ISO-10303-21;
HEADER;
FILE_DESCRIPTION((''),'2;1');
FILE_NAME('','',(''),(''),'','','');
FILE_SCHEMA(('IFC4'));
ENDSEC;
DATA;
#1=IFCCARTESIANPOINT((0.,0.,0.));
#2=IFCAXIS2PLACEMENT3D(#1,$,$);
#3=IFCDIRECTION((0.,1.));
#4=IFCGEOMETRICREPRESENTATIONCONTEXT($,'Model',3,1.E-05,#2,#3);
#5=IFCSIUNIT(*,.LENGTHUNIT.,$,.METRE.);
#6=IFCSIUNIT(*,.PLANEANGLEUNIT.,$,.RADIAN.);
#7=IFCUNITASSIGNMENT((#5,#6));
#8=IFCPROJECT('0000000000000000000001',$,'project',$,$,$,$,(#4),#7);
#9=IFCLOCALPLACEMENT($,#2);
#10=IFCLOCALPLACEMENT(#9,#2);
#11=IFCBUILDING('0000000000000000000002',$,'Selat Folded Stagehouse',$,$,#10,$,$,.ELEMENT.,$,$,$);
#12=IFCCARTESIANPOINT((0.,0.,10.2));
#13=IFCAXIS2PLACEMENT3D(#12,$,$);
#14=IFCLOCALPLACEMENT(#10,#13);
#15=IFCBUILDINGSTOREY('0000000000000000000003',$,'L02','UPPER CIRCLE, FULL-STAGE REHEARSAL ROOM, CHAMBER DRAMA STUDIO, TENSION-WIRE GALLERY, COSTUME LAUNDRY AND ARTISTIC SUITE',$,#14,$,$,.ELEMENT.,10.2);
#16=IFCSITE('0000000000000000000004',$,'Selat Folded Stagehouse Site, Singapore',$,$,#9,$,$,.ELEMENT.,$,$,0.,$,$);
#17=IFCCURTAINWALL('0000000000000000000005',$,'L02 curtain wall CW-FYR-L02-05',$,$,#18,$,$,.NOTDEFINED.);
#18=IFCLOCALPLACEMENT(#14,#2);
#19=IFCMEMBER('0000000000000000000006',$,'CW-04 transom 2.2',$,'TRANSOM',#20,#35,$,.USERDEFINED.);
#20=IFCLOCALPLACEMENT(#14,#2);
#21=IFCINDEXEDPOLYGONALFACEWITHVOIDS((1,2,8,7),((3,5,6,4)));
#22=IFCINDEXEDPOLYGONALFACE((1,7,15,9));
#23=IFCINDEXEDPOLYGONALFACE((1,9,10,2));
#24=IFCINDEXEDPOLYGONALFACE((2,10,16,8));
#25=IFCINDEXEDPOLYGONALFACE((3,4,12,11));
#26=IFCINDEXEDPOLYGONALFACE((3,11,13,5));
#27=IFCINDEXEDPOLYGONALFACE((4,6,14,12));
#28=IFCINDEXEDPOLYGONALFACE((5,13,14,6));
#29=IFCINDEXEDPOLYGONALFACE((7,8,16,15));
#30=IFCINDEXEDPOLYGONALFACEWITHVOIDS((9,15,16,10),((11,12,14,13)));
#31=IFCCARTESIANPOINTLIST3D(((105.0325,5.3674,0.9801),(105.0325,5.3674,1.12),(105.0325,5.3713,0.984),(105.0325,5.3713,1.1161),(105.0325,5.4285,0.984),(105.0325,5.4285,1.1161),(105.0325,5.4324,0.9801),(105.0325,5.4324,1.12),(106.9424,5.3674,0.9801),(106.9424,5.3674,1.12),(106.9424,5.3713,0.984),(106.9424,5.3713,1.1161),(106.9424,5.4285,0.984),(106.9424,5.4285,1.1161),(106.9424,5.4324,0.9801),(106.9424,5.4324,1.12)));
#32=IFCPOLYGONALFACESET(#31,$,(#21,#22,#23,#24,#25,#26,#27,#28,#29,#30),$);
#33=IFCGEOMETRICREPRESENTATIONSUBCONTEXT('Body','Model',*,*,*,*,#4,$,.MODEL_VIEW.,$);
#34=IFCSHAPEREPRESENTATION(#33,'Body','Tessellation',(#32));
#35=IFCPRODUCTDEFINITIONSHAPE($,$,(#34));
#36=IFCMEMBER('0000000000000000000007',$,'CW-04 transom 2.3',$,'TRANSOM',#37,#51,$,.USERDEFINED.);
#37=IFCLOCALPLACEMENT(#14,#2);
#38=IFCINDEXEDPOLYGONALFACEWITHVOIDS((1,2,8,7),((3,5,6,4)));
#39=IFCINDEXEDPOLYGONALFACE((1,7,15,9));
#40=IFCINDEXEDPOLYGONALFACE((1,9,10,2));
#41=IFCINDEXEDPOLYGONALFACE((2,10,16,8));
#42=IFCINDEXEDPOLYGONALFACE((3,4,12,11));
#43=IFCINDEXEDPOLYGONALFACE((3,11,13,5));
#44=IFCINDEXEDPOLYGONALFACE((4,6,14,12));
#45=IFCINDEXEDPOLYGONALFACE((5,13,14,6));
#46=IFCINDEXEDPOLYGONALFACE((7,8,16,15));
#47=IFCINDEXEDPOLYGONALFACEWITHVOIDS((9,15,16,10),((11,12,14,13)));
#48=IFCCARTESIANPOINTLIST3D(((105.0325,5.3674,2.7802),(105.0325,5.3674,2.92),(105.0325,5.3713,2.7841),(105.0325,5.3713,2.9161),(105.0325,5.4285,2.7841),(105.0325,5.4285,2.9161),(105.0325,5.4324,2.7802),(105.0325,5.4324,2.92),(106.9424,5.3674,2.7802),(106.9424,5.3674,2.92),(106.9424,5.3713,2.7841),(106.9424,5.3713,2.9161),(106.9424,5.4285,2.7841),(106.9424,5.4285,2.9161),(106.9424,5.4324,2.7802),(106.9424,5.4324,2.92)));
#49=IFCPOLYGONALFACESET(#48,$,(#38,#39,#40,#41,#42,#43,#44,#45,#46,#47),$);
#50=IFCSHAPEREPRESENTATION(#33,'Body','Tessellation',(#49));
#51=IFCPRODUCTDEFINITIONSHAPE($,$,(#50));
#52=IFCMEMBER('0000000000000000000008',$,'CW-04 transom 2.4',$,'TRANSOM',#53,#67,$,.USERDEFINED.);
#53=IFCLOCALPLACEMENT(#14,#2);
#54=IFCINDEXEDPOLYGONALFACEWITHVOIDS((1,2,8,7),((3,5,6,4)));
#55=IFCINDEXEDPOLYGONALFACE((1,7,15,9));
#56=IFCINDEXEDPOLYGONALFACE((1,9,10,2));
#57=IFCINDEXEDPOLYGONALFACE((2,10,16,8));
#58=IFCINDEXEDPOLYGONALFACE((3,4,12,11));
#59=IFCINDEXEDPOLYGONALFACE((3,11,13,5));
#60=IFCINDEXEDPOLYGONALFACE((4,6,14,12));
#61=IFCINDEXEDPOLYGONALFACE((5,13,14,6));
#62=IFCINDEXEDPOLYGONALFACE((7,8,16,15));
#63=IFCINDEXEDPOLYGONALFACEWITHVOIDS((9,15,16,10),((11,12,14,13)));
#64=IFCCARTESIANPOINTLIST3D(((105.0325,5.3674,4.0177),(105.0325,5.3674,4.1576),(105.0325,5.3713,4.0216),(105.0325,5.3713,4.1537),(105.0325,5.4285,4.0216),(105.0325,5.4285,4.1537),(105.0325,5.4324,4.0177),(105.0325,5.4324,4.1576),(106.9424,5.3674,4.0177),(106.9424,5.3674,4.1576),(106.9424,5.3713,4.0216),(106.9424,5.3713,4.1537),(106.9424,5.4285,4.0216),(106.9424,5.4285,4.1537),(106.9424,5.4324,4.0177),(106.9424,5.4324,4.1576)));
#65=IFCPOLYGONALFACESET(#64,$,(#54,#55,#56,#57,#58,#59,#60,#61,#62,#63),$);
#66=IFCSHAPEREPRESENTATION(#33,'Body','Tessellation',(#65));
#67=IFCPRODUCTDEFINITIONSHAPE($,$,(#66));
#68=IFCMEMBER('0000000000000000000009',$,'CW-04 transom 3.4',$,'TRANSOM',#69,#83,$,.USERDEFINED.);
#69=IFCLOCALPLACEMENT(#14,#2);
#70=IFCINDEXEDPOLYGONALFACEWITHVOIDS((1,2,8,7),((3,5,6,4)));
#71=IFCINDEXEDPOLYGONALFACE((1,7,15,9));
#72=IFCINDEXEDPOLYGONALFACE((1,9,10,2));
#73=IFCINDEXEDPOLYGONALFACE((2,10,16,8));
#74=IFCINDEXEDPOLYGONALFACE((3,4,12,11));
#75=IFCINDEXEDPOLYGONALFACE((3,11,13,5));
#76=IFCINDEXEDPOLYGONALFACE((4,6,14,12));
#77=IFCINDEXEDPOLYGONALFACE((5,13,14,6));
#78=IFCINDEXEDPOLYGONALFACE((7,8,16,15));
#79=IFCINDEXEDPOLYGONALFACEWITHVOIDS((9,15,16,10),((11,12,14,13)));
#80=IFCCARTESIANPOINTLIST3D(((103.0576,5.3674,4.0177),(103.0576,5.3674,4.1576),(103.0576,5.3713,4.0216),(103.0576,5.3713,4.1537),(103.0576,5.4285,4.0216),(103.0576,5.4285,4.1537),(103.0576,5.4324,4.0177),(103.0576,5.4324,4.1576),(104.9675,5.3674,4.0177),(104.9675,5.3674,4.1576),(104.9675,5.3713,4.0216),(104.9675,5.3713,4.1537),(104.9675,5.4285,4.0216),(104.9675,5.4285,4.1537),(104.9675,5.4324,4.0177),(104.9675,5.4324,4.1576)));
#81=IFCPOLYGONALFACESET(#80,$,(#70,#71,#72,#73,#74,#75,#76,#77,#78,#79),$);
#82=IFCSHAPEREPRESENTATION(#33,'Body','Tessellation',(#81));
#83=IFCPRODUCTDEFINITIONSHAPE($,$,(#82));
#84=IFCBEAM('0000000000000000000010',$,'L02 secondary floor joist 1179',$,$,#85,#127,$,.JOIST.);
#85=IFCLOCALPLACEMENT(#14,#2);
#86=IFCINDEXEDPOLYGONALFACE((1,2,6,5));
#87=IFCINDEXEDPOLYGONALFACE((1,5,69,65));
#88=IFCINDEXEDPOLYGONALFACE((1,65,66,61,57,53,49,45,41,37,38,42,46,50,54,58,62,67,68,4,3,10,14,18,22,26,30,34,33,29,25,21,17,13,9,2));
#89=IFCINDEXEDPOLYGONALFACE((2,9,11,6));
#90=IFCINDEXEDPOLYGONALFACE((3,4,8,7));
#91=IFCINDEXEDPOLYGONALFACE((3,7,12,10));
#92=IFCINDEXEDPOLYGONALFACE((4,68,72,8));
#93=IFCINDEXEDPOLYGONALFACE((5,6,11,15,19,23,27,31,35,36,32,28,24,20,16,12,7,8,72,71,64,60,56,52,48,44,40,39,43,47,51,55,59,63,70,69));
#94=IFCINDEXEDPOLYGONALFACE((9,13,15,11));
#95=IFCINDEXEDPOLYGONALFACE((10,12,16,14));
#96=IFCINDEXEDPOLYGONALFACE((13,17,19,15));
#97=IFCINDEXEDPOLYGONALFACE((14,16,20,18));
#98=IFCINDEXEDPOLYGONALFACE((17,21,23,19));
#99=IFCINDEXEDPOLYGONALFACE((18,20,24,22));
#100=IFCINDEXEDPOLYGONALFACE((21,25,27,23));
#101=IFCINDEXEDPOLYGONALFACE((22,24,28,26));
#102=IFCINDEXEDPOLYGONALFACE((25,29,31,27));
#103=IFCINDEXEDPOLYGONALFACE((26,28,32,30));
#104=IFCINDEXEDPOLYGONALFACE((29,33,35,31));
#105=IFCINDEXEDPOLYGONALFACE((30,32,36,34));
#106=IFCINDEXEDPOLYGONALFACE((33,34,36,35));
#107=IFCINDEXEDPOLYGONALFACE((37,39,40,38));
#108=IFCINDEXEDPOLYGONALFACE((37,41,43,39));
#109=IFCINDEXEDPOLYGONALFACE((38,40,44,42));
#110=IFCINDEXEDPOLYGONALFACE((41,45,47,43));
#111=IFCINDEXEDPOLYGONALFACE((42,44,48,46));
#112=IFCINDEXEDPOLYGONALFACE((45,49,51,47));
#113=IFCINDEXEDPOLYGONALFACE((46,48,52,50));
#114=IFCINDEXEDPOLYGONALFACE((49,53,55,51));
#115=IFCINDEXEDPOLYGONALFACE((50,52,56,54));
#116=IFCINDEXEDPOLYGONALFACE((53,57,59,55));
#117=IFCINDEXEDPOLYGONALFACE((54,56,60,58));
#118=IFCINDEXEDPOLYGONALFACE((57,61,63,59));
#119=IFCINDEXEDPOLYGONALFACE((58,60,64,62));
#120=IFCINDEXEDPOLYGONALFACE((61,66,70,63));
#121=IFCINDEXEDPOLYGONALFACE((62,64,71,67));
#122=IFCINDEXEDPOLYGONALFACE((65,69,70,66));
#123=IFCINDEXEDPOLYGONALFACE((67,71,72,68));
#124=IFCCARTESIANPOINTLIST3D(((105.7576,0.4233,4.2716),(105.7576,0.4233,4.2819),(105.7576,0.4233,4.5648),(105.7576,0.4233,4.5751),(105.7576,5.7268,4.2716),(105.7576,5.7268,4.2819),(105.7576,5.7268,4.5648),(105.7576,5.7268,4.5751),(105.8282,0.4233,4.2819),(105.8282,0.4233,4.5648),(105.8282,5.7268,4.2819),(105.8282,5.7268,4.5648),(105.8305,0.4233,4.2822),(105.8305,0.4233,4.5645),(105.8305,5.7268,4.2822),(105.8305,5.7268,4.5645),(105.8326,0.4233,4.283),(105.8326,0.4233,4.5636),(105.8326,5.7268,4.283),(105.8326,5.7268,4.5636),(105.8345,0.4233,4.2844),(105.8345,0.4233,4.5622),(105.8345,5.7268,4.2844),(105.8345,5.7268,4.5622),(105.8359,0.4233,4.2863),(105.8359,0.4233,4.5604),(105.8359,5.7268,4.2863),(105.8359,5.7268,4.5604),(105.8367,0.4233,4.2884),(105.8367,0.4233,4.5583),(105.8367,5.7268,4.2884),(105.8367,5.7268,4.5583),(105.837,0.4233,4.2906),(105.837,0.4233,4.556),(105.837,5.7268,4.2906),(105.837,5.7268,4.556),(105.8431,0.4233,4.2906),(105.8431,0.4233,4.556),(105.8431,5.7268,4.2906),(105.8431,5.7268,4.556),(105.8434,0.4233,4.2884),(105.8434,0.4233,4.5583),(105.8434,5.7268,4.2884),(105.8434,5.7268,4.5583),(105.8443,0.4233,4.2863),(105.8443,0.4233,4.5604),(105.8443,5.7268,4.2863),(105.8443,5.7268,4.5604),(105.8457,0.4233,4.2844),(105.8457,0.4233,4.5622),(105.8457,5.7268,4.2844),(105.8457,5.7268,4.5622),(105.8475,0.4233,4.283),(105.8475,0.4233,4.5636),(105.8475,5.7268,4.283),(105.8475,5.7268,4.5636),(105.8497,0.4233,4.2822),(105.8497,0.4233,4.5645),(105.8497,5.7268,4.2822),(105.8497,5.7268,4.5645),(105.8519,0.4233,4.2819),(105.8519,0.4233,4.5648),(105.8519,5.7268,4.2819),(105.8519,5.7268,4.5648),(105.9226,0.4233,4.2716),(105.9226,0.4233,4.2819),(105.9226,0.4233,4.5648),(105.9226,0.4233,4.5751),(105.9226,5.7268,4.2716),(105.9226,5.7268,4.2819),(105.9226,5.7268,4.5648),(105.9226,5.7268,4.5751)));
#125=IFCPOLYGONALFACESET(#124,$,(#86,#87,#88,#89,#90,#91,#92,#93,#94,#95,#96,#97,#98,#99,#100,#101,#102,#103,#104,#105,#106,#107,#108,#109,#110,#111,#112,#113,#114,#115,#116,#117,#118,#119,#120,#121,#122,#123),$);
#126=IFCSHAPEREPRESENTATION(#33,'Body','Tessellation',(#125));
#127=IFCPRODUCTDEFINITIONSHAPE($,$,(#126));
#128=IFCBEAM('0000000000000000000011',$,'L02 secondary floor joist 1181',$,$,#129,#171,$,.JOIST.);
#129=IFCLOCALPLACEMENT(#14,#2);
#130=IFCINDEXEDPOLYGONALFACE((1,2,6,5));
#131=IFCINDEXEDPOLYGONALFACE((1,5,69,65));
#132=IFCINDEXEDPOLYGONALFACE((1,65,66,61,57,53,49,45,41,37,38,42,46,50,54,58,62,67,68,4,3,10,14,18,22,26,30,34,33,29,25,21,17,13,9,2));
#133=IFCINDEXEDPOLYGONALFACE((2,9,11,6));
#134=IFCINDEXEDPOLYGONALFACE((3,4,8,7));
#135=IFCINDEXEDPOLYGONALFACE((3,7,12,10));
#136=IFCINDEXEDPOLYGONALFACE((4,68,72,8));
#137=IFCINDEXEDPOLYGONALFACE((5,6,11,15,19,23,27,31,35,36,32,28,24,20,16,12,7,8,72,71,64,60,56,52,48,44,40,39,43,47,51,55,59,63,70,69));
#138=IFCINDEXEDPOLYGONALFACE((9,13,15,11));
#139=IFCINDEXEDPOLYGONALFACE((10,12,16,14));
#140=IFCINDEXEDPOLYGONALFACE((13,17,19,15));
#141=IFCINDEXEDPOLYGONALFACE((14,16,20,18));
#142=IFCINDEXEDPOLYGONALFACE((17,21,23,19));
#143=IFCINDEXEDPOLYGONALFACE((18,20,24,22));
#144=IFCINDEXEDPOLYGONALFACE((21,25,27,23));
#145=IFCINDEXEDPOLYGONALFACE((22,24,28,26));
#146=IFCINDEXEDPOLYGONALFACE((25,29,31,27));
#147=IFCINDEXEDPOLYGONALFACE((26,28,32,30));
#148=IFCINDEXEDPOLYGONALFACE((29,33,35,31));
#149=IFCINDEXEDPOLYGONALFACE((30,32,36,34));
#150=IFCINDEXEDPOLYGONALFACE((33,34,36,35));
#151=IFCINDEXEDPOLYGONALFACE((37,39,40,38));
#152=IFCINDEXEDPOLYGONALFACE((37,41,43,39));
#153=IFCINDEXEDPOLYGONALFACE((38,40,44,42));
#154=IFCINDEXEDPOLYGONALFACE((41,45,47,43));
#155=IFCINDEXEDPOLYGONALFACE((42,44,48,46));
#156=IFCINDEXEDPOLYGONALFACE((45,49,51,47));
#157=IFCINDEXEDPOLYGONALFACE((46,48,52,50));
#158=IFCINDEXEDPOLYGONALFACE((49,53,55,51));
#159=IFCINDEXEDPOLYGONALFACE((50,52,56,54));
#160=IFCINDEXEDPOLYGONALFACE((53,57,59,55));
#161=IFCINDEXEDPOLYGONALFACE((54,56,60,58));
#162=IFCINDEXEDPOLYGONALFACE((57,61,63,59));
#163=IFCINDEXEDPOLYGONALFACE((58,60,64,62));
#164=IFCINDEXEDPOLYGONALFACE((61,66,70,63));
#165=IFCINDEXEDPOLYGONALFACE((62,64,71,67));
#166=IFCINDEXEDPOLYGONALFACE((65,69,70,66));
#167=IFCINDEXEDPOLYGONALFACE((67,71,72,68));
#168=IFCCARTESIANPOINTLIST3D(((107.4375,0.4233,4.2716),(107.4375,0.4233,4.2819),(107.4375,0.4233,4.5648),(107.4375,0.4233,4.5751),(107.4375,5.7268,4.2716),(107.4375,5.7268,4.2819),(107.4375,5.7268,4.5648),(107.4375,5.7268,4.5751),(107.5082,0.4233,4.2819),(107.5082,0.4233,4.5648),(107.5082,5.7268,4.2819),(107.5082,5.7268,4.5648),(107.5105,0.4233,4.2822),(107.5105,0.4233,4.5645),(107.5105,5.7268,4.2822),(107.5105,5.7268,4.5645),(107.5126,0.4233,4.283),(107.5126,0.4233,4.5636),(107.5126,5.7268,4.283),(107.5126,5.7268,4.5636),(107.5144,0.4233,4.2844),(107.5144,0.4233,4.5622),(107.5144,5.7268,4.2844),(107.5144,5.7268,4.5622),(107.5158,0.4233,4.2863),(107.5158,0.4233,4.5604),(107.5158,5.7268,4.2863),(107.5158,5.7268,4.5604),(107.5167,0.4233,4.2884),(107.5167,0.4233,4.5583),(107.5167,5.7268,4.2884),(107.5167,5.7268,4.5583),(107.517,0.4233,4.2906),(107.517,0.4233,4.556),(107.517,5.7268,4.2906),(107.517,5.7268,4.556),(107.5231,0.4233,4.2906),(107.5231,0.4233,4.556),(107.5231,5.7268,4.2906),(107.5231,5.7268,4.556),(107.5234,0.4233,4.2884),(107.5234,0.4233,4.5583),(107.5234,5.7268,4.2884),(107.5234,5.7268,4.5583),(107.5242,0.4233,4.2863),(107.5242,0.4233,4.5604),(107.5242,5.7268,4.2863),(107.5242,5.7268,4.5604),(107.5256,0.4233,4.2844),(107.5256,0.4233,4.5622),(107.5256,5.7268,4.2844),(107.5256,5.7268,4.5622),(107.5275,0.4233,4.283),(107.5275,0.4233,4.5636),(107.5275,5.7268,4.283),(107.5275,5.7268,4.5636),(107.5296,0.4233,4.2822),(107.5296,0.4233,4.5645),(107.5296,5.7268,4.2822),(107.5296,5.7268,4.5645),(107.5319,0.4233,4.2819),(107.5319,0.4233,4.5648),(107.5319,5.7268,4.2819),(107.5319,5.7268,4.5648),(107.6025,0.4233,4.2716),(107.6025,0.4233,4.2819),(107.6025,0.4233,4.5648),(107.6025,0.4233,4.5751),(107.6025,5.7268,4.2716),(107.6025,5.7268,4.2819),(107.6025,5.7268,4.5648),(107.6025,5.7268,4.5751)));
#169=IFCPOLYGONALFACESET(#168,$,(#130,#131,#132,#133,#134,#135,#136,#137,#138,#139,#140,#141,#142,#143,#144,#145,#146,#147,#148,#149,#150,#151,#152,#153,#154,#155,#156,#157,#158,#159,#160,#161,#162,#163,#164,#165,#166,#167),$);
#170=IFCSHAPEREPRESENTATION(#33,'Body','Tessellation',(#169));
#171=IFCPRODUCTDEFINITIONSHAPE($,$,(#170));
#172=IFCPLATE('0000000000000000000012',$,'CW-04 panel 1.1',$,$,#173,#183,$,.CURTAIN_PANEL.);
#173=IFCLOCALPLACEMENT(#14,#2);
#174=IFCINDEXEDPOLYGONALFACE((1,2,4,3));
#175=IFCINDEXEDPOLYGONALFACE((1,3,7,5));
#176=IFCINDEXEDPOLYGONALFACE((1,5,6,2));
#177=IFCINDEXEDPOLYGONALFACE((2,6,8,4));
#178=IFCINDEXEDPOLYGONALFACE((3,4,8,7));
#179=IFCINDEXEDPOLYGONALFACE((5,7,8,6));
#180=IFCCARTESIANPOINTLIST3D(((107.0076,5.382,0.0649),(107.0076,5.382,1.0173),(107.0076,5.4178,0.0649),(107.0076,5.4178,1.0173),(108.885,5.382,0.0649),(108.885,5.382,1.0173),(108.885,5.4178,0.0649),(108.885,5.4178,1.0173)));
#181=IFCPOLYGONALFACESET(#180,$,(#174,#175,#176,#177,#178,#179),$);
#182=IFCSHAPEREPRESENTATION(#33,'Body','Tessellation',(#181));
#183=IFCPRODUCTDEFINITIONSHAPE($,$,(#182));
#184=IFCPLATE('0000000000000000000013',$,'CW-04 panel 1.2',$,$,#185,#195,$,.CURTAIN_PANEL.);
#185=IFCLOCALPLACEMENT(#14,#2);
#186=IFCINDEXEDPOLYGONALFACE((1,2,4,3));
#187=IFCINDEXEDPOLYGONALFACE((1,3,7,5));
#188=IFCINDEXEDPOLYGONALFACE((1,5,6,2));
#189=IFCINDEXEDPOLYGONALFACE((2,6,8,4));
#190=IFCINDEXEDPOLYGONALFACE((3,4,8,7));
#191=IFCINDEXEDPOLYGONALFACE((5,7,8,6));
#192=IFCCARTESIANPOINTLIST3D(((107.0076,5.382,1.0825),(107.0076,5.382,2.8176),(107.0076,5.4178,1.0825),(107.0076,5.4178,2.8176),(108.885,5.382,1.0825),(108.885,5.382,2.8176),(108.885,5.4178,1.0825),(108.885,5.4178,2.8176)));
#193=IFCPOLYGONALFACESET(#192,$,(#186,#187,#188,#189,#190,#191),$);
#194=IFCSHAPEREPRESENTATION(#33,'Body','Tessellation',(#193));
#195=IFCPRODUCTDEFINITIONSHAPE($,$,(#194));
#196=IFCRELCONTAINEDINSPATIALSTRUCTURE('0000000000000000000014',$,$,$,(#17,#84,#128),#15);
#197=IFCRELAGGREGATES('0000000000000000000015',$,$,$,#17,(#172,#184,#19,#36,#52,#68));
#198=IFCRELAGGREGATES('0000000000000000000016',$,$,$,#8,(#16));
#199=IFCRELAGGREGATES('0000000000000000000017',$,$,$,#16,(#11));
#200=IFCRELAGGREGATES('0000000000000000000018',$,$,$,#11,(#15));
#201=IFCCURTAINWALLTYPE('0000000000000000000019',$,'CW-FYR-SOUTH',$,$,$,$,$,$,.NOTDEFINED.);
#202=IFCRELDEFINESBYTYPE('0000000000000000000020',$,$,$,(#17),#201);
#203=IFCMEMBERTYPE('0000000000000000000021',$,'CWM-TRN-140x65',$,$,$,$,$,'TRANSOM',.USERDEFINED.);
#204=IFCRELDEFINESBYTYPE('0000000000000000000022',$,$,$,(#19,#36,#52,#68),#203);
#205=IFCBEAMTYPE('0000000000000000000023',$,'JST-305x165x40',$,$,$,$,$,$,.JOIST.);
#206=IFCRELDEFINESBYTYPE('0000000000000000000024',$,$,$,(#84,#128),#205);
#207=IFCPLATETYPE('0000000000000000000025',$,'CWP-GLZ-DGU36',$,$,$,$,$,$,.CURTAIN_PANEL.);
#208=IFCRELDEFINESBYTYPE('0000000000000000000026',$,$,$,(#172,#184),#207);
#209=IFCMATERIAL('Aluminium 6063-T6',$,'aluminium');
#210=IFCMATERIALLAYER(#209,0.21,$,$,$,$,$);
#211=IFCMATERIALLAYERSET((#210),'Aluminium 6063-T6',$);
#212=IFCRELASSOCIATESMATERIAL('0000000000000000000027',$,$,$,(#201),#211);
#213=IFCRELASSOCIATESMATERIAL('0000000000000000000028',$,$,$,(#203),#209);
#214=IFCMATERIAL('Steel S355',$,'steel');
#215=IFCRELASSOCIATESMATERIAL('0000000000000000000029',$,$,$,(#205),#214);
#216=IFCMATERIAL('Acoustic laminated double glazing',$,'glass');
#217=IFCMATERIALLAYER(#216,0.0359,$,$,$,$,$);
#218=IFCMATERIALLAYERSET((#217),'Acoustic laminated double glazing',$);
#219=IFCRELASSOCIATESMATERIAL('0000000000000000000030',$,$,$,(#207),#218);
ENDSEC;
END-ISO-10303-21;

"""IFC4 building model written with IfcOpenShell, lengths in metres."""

from ifc_helpers import new_model, si_unit, direction, frame, origin, origin_2d, place, context, subcontext, project, spatial, rectangle, hollow_rectangle, i_section, extrude, material, layer, layer_set, material_profile, profile_set, type_object, element, aggregate, save


model = new_model("IFC4")

# Units and contexts
model_context = context("Model", 3, precision=1e-05, world=origin(), true_north=direction((0.0, 1.0)))
body_context = subcontext(model_context, "Body", "Model", "MODEL_VIEW")
ifc_project = project(units=[si_unit("LENGTHUNIT", "METRE"), si_unit("PLANEANGLEUNIT", "RADIAN")], contexts=[model_context])

# Site, building, storey
site_placement = place(None, origin())
site = spatial("IfcSite", under=ifc_project, at=site_placement, Name="Selat Folded Stagehouse Site, Singapore", CompositionType="ELEMENT", RefElevation=0.0)
building_placement = place(site_placement, origin())
building = spatial("IfcBuilding", under=site, at=building_placement, Name="Selat Folded Stagehouse", CompositionType="ELEMENT")
storey_placement = place(building_placement, frame((0.0, 0.0, 10.2)))
storey = spatial("IfcBuildingStorey", under=building, at=storey_placement, Name="L02", Description="UPPER CIRCLE, FULL-STAGE REHEARSAL ROOM, CHAMBER DRAMA STUDIO, TENSION-WIRE GALLERY, COSTUME LAUNDRY AND ARTISTIC SUITE", CompositionType="ELEMENT", Elevation=10.2)

# Shared definitions
ifc_material_1 = material(Name="Steel S355", Category="steel")

# Curtain wall, members
ifc_material_2 = material(Name="Aluminium 6063-T6", Category="aluminium")
ifc_layer_1 = layer(ifc_material_2, 0.21)
ifc_layer_set_1 = layer_set([ifc_layer_1], Name="Aluminium 6063-T6")
curtain_wall_type = type_object("IfcCurtainWallType", Name="CW-FYR-SOUTH", PredefinedType="NOTDEFINED", material=ifc_layer_set_1)
curtain_wall_placement = place(storey_placement, origin())
curtain_wall = element("IfcCurtainWall", 1, at=curtain_wall_placement, inside=storey, type_object=curtain_wall_type, Name="L02 curtain wall CW-FYR-L02-05", PredefinedType="NOTDEFINED")
ifc_material_profile_1 = material_profile(ifc_material_2, hollow_rectangle(XDim=0.0649, YDim=0.1399, WallThickness=0.0039, at=origin_2d()), Name="ALU 140x65x4.0")
ifc_profile_set_1 = profile_set([ifc_material_profile_1], Name="Aluminium 6063-T6")
member_type_1 = type_object("IfcMemberType", Name="CWM-TRN-140x65", ElementType="TRANSOM", PredefinedType="USERDEFINED", material=ifc_profile_set_1)
member_1_placement = place(storey_placement, frame((106.9424, 5.3999, 1.05), z_axis=(-1.0, 0.0, 0.0), x_axis=(0.0, -1.0, 0.0)))
member_1 = element("IfcMember", 2, at=member_1_placement, type_object=member_type_1, Name="CW-04 transom 2.2", ObjectType="TRANSOM", PredefinedType="USERDEFINED", context=body_context, shape_type="SweptSolid", body=[
    extrude(hollow_rectangle(XDim=0.0649, YDim=0.1399, WallThickness=0.0039, at=origin_2d()), origin(), (0.0, 0.0, 1.0), 1.9099),
])
member_2_placement = place(storey_placement, frame((106.9424, 5.3999, 2.8501), z_axis=(-1.0, 0.0, 0.0), x_axis=(0.0, -1.0, 0.0)))
member_2 = element("IfcMember", 3, at=member_2_placement, type_object=member_type_1, Name="CW-04 transom 2.3", ObjectType="TRANSOM", PredefinedType="USERDEFINED", context=body_context, shape_type="SweptSolid", body=[
    extrude(hollow_rectangle(XDim=0.0649, YDim=0.1399, WallThickness=0.0039, at=origin_2d()), origin(), (0.0, 0.0, 1.0), 1.9099),
])
member_3_placement = place(storey_placement, frame((106.9424, 5.3999, 4.0876), z_axis=(-1.0, 0.0, 0.0), x_axis=(0.0, -1.0, 0.0)))
member_3 = element("IfcMember", 4, at=member_3_placement, type_object=member_type_1, Name="CW-04 transom 2.4", ObjectType="TRANSOM", PredefinedType="USERDEFINED", context=body_context, shape_type="SweptSolid", body=[
    extrude(hollow_rectangle(XDim=0.0649, YDim=0.1399, WallThickness=0.0039, at=origin_2d()), origin(), (0.0, 0.0, 1.0), 1.9099),
])
member_4_placement = place(storey_placement, frame((104.9675, 5.3999, 4.0876), z_axis=(-1.0, 0.0, 0.0), x_axis=(0.0, -1.0, 0.0)))
member_4 = element("IfcMember", 5, at=member_4_placement, type_object=member_type_1, Name="CW-04 transom 3.4", ObjectType="TRANSOM", PredefinedType="USERDEFINED", context=body_context, shape_type="SweptSolid", body=[
    extrude(hollow_rectangle(XDim=0.0649, YDim=0.1399, WallThickness=0.0039, at=origin_2d()), origin(), (0.0, 0.0, 1.0), 1.9099),
])

# Beams
ifc_material_profile_2 = material_profile(ifc_material_1, i_section(OverallWidth=0.165, OverallDepth=0.3035, WebThickness=0.0061, FlangeThickness=0.0103, FilletRadius=0.0088, at=origin_2d()), Name="UKB 305x165x40")
ifc_profile_set_2 = profile_set([ifc_material_profile_2], Name="Steel S355")
beam_type_1 = type_object("IfcBeamType", Name="JST-305x165x40", PredefinedType="JOIST", material=ifc_profile_set_2)
for number, where, z_axis, x_axis, name in (
    (6, (105.8401, 0.4233, 4.4233), (0.0, 1.0, 0.0), (-1.0, 0.0, 0.0), "L02 secondary floor joist 1179"),
    (7, (107.52, 0.4233, 4.4233), (0.0, 1.0, 0.0), (-1.0, 0.0, 0.0), "L02 secondary floor joist 1181"),
):
    element("IfcBeam", number, at=place(storey_placement, frame(where, z_axis=z_axis, x_axis=x_axis)), inside=storey, type_object=beam_type_1, Name=name, PredefinedType="JOIST", context=body_context, shape_type="SweptSolid", body=[
        extrude(i_section(OverallWidth=0.165, OverallDepth=0.3035, WebThickness=0.0061, FlangeThickness=0.0103, FilletRadius=0.0088, at=origin_2d()), origin(), (0.0, 0.0, 1.0), 5.3035),
    ])

# Plates
ifc_material_3 = material(Name="Acoustic laminated double glazing", Category="glass")
ifc_layer_2 = layer(ifc_material_3, 0.0359)
ifc_layer_set_2 = layer_set([ifc_layer_2], Name="Acoustic laminated double glazing")
plate_type_1 = type_object("IfcPlateType", Name="CWP-GLZ-DGU36", PredefinedType="CURTAIN_PANEL", material=ifc_layer_set_2)
plate_1_placement = place(storey_placement, frame((107.9463, 5.3999, 0.0649), z_axis=(0.0, 0.0, 1.0), x_axis=(-1.0, 0.0, 0.0)))
plate_1 = element("IfcPlate", 8, at=plate_1_placement, type_object=plate_type_1, Name="CW-04 panel 1.1", PredefinedType="CURTAIN_PANEL", context=body_context, shape_type="SweptSolid", body=[
    extrude(rectangle(XDim=1.8774, YDim=0.0359, at=origin_2d()), origin(), (0.0, 0.0, 1.0), 0.9524),
])
plate_2_placement = place(storey_placement, frame((107.9463, 5.3999, 1.0825), z_axis=(0.0, 0.0, 1.0), x_axis=(-1.0, 0.0, 0.0)))
plate_2 = element("IfcPlate", 9, at=plate_2_placement, type_object=plate_type_1, Name="CW-04 panel 1.2", PredefinedType="CURTAIN_PANEL", context=body_context, shape_type="SweptSolid", body=[
    extrude(rectangle(XDim=1.8774, YDim=0.0359, at=origin_2d()), origin(), (0.0, 0.0, 1.0), 1.7351),
])
aggregate(curtain_wall, [plate_1, plate_2, member_1, member_2, member_3, member_4])

save(model, "model.ifc")
